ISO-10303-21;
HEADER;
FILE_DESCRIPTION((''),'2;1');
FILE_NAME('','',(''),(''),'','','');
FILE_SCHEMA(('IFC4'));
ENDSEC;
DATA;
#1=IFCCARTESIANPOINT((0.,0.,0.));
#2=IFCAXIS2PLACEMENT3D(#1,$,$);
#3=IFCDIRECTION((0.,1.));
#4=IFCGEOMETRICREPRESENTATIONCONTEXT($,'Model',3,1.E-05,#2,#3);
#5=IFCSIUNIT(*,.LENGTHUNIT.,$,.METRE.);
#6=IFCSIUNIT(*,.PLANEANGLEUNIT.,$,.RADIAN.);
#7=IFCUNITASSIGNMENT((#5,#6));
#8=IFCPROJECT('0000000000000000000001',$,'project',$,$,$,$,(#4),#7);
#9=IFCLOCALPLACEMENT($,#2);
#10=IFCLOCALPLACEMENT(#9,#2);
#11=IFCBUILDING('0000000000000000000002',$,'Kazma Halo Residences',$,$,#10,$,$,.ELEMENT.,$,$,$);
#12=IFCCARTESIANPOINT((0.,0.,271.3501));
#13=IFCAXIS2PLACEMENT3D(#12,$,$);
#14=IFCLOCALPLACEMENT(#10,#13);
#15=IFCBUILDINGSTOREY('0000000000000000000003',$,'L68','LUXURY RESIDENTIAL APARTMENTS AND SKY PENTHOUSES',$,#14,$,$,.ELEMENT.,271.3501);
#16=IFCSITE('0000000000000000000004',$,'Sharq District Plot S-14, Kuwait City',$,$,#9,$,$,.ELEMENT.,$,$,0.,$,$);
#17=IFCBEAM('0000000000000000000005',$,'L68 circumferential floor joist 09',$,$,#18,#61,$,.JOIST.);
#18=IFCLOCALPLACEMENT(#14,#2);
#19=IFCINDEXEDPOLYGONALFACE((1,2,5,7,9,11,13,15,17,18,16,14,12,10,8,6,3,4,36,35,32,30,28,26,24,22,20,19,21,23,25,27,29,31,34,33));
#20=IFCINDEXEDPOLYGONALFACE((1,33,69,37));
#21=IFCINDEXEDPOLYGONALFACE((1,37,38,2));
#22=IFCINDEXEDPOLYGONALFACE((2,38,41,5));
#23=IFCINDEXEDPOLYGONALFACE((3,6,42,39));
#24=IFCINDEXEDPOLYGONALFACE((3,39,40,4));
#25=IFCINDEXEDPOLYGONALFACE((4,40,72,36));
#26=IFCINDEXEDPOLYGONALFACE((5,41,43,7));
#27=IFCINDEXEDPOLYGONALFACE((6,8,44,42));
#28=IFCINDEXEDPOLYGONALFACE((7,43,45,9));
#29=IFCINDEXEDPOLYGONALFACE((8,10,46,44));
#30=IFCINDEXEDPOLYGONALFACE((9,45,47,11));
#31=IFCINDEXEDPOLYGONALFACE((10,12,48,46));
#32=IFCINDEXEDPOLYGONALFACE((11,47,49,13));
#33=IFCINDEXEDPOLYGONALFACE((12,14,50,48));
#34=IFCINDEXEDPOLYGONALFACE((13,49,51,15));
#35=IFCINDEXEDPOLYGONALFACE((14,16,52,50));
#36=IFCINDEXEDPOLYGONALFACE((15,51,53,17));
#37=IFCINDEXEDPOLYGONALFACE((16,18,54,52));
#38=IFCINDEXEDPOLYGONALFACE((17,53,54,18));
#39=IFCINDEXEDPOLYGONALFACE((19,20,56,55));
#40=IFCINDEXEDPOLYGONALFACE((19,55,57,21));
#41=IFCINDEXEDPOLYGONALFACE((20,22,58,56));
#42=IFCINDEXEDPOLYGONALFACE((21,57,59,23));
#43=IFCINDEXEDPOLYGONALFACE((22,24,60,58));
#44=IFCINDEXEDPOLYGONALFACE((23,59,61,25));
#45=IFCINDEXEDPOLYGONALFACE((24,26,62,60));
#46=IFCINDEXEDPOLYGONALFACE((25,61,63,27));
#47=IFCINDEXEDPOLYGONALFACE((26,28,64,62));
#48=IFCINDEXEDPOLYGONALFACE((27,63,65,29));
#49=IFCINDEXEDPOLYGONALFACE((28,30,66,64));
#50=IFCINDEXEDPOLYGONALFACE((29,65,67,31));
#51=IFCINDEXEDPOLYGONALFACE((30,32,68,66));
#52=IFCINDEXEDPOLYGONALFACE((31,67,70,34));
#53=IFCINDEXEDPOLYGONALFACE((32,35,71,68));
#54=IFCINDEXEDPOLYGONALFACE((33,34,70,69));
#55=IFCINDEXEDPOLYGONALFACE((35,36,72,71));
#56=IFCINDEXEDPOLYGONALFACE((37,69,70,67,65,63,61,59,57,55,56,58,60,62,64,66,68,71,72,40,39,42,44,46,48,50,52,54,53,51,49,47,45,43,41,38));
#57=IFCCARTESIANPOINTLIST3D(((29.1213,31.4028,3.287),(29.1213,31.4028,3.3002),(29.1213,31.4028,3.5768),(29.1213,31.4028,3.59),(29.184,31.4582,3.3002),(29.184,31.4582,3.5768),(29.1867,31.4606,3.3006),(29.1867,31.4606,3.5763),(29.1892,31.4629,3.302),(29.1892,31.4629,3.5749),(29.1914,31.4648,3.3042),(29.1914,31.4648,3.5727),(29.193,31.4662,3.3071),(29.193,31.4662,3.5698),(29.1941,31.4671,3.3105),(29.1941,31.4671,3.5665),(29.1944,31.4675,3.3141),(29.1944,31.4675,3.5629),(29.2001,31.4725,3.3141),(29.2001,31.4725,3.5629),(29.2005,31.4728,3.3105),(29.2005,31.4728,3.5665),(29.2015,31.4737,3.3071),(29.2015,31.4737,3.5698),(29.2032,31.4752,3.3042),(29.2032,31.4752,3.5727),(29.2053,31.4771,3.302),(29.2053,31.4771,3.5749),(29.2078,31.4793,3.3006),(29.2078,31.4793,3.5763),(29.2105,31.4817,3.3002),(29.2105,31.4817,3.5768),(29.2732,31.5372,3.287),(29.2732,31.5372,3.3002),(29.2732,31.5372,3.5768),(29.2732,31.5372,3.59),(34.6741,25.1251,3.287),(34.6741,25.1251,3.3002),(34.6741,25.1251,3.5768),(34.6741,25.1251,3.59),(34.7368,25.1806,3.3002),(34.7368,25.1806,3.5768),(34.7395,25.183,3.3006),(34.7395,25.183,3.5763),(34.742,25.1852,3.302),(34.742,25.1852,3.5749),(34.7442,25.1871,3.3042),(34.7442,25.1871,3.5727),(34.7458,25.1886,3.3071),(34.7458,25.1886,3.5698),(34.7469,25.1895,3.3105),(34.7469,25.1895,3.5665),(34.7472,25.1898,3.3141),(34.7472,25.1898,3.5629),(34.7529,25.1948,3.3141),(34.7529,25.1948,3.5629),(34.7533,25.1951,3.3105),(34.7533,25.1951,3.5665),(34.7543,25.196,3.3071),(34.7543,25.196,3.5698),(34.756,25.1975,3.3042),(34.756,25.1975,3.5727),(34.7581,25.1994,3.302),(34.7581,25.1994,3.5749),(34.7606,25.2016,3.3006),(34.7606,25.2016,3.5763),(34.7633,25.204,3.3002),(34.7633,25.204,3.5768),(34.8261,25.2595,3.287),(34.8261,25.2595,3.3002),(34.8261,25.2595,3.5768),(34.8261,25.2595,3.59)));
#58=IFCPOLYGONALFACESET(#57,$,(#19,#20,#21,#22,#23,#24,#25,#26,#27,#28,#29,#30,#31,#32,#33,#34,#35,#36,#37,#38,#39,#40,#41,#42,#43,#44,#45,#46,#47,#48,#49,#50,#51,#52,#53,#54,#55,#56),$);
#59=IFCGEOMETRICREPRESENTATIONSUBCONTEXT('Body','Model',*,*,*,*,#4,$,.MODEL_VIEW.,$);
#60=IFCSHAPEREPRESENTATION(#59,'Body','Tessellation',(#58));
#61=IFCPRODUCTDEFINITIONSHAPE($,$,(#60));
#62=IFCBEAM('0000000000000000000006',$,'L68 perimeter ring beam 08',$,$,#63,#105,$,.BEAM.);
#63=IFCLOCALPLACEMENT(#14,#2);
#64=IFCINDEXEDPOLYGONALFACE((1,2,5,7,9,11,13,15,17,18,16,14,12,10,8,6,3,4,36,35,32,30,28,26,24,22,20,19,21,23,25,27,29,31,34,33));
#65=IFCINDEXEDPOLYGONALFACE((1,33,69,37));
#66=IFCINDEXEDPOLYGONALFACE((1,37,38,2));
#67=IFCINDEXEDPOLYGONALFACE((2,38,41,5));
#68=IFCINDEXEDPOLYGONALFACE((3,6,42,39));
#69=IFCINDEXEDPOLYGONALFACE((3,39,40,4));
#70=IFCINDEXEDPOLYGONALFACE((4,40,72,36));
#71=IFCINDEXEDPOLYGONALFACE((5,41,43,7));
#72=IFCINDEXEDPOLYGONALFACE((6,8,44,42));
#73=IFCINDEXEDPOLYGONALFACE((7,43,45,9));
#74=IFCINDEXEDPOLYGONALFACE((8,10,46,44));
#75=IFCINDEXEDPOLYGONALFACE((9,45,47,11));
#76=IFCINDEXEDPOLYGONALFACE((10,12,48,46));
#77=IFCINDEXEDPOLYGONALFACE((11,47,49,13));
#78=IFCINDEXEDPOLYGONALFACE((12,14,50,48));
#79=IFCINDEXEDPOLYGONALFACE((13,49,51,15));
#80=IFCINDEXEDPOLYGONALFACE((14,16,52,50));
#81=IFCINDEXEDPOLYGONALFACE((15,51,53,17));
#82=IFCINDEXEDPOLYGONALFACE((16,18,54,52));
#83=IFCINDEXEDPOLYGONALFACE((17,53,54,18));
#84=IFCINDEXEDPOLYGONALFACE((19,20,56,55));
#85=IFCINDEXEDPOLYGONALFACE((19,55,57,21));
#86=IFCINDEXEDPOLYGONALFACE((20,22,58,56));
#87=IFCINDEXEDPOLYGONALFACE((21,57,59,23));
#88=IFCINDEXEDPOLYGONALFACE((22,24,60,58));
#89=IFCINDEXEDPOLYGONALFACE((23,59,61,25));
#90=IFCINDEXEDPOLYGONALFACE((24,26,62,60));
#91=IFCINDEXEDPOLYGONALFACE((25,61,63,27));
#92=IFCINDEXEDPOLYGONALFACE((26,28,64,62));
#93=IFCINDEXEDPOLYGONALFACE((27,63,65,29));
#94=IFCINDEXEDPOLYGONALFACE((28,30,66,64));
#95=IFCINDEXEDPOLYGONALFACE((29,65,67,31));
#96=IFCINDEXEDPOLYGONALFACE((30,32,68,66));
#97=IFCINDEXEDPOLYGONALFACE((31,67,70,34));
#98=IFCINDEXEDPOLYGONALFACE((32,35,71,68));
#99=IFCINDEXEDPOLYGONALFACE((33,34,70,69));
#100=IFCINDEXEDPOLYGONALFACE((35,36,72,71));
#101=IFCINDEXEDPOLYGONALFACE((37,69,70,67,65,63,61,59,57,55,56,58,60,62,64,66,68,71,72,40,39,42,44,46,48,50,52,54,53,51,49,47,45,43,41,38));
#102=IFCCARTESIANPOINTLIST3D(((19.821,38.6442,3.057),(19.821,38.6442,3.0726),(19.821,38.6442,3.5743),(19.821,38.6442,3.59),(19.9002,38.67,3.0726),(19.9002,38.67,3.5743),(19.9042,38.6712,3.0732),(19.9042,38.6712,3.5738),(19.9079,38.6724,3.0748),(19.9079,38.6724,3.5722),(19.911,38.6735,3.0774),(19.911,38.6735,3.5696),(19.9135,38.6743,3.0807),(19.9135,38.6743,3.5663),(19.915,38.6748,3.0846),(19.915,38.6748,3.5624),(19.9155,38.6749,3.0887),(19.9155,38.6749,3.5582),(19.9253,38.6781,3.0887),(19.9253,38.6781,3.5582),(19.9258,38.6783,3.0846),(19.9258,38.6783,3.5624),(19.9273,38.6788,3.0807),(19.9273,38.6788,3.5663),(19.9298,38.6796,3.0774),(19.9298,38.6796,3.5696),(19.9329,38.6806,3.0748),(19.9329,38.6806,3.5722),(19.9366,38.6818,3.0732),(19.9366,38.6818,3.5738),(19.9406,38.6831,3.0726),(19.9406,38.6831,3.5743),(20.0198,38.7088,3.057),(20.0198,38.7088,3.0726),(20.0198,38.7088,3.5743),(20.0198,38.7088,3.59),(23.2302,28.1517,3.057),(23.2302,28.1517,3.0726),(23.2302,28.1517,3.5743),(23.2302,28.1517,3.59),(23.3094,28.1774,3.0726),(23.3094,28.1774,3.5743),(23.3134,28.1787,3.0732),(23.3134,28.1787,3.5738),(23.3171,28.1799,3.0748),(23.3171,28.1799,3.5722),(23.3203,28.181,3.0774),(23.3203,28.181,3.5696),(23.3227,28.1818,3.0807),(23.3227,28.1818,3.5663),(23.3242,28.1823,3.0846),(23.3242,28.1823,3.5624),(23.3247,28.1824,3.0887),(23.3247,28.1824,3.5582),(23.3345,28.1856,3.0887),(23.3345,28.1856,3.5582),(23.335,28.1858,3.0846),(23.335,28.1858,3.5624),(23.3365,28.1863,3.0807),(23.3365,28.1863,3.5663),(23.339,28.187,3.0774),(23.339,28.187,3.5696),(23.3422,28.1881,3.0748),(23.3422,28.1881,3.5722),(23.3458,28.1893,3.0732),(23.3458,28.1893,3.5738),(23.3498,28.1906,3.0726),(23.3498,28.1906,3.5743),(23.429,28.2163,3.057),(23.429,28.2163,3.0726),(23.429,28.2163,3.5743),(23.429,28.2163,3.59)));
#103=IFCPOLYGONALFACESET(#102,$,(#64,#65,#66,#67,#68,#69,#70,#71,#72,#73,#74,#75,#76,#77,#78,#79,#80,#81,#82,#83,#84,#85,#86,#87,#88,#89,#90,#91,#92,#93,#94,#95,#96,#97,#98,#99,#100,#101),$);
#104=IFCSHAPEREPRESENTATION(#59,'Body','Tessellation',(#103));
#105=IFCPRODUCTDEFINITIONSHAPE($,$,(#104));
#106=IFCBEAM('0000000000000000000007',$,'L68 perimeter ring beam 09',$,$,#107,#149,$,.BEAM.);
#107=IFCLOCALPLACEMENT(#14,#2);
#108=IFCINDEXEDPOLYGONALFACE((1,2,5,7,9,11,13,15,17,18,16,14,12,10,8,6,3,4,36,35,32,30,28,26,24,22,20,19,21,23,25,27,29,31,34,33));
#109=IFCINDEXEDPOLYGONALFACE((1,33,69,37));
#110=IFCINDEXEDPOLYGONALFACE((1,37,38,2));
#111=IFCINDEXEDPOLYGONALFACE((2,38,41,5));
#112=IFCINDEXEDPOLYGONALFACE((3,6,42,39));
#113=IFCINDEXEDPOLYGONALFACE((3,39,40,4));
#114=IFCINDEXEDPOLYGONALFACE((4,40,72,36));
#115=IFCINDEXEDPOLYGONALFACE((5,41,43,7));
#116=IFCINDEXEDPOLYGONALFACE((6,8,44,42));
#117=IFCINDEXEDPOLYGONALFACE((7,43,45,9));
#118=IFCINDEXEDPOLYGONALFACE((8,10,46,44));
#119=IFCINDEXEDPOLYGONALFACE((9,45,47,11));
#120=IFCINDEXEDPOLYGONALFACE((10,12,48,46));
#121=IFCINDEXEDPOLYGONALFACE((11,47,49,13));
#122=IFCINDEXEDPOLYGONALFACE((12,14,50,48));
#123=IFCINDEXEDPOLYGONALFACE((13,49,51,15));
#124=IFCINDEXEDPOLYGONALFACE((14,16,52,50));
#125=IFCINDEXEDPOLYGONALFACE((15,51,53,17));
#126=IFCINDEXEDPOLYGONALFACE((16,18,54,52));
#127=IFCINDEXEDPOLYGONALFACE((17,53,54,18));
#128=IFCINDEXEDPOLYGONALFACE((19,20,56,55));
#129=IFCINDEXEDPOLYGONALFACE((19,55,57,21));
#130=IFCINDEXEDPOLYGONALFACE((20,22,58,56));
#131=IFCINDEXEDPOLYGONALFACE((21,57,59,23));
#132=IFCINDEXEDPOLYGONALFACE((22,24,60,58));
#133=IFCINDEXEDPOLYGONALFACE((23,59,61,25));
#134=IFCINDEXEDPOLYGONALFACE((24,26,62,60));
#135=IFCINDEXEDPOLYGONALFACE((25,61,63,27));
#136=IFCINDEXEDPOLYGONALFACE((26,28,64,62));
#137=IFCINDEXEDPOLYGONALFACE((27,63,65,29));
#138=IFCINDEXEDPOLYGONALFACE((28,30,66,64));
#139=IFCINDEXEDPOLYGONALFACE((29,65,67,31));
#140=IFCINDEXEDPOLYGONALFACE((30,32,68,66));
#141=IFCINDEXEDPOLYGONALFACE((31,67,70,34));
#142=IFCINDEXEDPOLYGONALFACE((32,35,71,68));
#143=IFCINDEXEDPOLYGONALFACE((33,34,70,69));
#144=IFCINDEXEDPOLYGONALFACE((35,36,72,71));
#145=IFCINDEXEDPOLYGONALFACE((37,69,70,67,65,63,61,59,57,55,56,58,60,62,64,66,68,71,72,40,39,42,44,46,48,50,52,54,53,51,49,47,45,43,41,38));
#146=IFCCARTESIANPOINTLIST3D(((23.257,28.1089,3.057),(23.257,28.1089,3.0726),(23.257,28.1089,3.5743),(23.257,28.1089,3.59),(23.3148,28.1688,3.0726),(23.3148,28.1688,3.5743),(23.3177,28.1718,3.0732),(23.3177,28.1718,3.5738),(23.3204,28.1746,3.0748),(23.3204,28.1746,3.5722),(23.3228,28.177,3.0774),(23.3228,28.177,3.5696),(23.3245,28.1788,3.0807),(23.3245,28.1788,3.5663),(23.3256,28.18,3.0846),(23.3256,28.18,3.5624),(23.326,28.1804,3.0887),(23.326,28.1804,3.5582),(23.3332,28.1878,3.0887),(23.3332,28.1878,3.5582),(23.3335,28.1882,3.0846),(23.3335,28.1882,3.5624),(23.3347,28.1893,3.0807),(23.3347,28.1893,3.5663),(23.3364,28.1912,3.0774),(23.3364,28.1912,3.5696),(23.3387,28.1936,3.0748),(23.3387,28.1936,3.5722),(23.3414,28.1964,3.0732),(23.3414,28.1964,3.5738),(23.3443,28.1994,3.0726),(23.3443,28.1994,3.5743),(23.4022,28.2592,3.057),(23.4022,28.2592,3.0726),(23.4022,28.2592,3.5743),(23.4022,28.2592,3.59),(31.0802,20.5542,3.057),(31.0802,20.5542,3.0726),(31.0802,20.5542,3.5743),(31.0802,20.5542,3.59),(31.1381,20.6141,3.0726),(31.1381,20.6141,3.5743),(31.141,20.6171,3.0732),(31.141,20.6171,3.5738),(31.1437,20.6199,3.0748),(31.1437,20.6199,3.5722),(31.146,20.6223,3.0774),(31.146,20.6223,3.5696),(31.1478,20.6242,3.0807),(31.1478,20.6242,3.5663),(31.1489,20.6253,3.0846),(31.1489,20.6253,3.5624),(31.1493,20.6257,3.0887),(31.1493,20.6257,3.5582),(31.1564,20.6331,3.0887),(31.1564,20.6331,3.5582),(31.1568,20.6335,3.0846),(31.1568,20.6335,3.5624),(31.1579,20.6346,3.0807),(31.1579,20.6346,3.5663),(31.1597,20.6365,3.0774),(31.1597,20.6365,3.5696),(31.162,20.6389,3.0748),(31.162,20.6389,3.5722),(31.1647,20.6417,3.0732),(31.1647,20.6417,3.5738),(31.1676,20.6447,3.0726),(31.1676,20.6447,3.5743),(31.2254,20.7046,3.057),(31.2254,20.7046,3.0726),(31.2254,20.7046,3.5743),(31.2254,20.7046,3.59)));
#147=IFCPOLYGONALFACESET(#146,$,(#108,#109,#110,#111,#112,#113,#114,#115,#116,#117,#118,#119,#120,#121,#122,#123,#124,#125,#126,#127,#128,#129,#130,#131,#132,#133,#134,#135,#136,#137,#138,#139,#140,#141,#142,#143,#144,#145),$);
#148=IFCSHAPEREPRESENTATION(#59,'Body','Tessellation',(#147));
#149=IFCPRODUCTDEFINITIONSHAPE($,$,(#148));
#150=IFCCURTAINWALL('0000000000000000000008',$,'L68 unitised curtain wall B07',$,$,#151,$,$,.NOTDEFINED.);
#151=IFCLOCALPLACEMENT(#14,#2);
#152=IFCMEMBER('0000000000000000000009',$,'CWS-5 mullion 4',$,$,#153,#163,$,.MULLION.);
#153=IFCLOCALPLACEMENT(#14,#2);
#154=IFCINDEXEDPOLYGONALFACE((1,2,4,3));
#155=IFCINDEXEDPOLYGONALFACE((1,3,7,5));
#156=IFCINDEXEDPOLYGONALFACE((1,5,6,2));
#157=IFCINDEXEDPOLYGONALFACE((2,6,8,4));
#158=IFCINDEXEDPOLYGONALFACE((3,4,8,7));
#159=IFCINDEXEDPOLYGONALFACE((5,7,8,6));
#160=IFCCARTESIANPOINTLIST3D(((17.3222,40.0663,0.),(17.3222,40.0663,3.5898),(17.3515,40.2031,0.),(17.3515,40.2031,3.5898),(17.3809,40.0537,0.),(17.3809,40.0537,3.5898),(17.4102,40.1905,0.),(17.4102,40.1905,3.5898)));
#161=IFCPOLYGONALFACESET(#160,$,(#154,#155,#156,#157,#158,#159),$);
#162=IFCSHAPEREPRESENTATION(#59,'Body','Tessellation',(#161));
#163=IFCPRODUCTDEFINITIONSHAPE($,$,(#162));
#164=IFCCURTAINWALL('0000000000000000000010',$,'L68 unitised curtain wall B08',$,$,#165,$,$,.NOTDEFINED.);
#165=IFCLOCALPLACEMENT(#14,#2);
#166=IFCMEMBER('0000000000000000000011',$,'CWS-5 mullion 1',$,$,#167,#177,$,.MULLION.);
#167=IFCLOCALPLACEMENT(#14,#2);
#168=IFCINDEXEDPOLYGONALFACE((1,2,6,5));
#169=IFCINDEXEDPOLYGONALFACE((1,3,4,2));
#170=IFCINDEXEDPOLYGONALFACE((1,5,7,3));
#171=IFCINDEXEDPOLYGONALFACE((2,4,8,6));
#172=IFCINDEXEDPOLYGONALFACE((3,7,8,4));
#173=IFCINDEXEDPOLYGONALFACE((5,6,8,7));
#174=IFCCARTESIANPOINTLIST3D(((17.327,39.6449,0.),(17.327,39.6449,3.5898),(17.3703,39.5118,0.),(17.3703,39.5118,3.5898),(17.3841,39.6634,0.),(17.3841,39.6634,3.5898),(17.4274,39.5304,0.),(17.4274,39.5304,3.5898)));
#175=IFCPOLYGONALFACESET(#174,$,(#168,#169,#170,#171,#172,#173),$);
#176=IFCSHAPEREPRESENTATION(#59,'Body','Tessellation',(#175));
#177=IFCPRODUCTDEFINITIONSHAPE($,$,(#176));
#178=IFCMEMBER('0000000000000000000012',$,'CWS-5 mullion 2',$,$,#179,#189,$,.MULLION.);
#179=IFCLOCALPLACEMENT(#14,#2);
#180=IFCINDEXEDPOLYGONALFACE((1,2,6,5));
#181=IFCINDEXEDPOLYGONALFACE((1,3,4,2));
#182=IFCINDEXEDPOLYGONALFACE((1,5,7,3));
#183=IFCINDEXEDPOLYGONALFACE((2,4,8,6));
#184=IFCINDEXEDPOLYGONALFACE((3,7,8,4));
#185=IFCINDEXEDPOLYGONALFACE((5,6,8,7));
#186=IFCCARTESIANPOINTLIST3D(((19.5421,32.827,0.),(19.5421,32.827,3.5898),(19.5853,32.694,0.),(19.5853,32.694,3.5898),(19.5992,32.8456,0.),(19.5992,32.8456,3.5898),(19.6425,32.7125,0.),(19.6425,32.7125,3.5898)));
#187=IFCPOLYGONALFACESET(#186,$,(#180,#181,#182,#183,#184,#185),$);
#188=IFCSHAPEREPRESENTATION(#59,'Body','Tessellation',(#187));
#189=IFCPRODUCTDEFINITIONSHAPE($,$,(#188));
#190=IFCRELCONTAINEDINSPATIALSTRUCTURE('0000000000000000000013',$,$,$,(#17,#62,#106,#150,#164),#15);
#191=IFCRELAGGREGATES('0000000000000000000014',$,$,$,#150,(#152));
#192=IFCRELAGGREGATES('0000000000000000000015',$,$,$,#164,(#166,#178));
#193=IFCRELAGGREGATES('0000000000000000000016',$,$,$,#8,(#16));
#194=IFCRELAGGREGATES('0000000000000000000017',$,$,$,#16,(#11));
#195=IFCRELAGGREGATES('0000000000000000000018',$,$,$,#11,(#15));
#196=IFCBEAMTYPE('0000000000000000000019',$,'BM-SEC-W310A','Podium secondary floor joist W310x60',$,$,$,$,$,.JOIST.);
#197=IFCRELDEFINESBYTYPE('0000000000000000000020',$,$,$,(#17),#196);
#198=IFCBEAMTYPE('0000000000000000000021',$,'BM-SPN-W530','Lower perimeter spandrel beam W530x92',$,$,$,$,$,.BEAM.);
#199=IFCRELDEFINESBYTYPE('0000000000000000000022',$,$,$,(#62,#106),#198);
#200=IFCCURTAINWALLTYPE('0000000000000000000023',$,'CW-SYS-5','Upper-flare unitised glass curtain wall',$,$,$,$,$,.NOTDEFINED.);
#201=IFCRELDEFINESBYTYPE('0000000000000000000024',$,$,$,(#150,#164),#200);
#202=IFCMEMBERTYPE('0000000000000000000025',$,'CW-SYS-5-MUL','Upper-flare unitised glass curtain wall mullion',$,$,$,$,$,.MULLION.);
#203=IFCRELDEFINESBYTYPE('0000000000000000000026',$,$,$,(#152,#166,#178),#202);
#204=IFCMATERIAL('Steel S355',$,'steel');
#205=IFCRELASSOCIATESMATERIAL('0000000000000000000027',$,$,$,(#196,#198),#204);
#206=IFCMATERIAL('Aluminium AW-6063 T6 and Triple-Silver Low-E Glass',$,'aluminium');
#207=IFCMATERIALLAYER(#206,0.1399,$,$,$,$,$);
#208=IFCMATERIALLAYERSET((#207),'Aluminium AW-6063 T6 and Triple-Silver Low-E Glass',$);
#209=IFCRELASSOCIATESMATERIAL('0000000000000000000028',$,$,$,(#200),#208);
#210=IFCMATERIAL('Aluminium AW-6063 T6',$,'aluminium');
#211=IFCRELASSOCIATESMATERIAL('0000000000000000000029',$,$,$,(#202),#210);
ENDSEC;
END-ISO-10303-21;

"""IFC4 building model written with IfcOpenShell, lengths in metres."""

from ifc_helpers import new_model, si_unit, direction, frame, origin, origin_2d, place, context, subcontext, project, spatial, rectangle, i_section, extrude, material, layer, layer_set, material_profile, profile_set, type_object, element, aggregate, save


model = new_model("IFC4")

# Units and contexts
model_context = context("Model", 3, precision=1e-05, world=origin(), true_north=direction((0.0, 1.0)))
body_context = subcontext(model_context, "Body", "Model", "MODEL_VIEW")
ifc_project = project(units=[si_unit("LENGTHUNIT", "METRE"), si_unit("PLANEANGLEUNIT", "RADIAN")], contexts=[model_context])

# Site, building, storey
site_placement = place(None, origin())
site = spatial("IfcSite", under=ifc_project, at=site_placement, Name="Sharq District Plot S-14, Kuwait City", CompositionType="ELEMENT", RefElevation=0.0)
building_placement = place(site_placement, origin())
building = spatial("IfcBuilding", under=site, at=building_placement, Name="Kazma Halo Residences", CompositionType="ELEMENT")
storey_placement = place(building_placement, frame((0.0, 0.0, 271.3501)))
storey = spatial("IfcBuildingStorey", under=building, at=storey_placement, Name="L68", Description="LUXURY RESIDENTIAL APARTMENTS AND SKY PENTHOUSES", CompositionType="ELEMENT", Elevation=271.3501)

# Beams
ifc_material_1 = material(Name="Steel S355", Category="steel")
ifc_material_profile_1 = material_profile(ifc_material_1, i_section(OverallWidth=0.2029, OverallDepth=0.303, WebThickness=0.0076, FlangeThickness=0.0132, FilletRadius=0.0139, at=origin_2d()), Name="W310x60")
ifc_profile_set_1 = profile_set([ifc_material_profile_1], Name="Steel S355")
beam_type_1 = type_object("IfcBeamType", Name="BM-SEC-W310A", Description="Podium secondary floor joist W310x60", PredefinedType="JOIST", material=ifc_profile_set_1)
beam_1_placement = place(storey_placement, frame((29.1973, 31.47, 3.4385), z_axis=(0.662539, -0.749027, 0.0), x_axis=(0.749027, 0.662539, 0.0)))
element("IfcBeam", 1, at=beam_1_placement, inside=storey, type_object=beam_type_1, Name="L68 circumferential floor joist 09", PredefinedType="JOIST", context=body_context, shape_type="SweptSolid", body=[
    extrude(i_section(OverallWidth=0.2029, OverallDepth=0.303, WebThickness=0.0076, FlangeThickness=0.0132, FilletRadius=0.0139, at=origin_2d()), origin(), (0.0, 0.0, 1.0), 8.3811),
])
ifc_material_profile_2 = material_profile(ifc_material_1, i_section(OverallWidth=0.209, OverallDepth=0.533, WebThickness=0.0103, FlangeThickness=0.0156, FilletRadius=0.0161, at=origin_2d()), Name="W530x92")
ifc_profile_set_2 = profile_set([ifc_material_profile_2], Name="Steel S355")
beam_type_2 = type_object("IfcBeamType", Name="BM-SPN-W530", Description="Lower perimeter spandrel beam W530x92", PredefinedType="BEAM", material=ifc_profile_set_2)
beam_2_placement = place(storey_placement, frame((19.9204, 38.6765, 3.3235), z_axis=(0.309016, -0.951057, 0.0), x_axis=(0.951057, 0.309016, 0.0)))
element("IfcBeam", 2, at=beam_2_placement, inside=storey, type_object=beam_type_2, Name="L68 perimeter ring beam 08", PredefinedType="BEAM", context=body_context, shape_type="SweptSolid", body=[
    extrude(i_section(OverallWidth=0.209, OverallDepth=0.533, WebThickness=0.0103, FlangeThickness=0.0156, FilletRadius=0.0161, at=origin_2d()), origin(), (0.0, 0.0, 1.0), 11.0325),
])
beam_3_placement = place(storey_placement, frame((23.3296, 28.1841, 3.3235), z_axis=(0.719346, -0.694652, 0.0), x_axis=(0.694652, 0.719346, 0.0)))
element("IfcBeam", 3, at=beam_3_placement, inside=storey, type_object=beam_type_2, Name="L68 perimeter ring beam 09", PredefinedType="BEAM", context=body_context, shape_type="SweptSolid", body=[
    extrude(i_section(OverallWidth=0.209, OverallDepth=0.533, WebThickness=0.0103, FlangeThickness=0.0156, FilletRadius=0.0161, at=origin_2d()), origin(), (0.0, 0.0, 1.0), 10.8755),
])

# Curtain wall, member
ifc_material_2 = material(Name="Aluminium AW-6063 T6 and Triple-Silver Low-E Glass", Category="aluminium")
ifc_layer_1 = layer(ifc_material_2, 0.1399)
ifc_layer_set_1 = layer_set([ifc_layer_1], Name="Aluminium AW-6063 T6 and Triple-Silver Low-E Glass")
curtain_wall_type = type_object("IfcCurtainWallType", Name="CW-SYS-5", Description="Upper-flare unitised glass curtain wall", PredefinedType="NOTDEFINED", material=ifc_layer_set_1)
curtain_wall_1_placement = place(storey_placement, origin())
curtain_wall_1 = element("IfcCurtainWall", 4, at=curtain_wall_1_placement, inside=storey, type_object=curtain_wall_type, Name="L68 unitised curtain wall B07", PredefinedType="NOTDEFINED")
ifc_material_3 = material(Name="Aluminium AW-6063 T6", Category="aluminium")
ifc_material_profile_3 = material_profile(ifc_material_3, rectangle(XDim=0.0601, YDim=0.1399, at=origin_2d()), Name="CWM-60x140")
ifc_profile_set_3 = profile_set([ifc_material_profile_3], Name="Aluminium AW-6063 T6")
member_type_1 = type_object("IfcMemberType", Name="CW-SYS-5-MUL", Description="Upper-flare unitised glass curtain wall mullion", PredefinedType="MULLION", material=ifc_profile_set_3)
member_1_placement = place(storey_placement, frame((17.3662, 40.1284, 0.0), z_axis=(0.0, 0.0, 1.0), x_axis=(0.977775, -0.209657, 0.0)))
member_1 = element("IfcMember", 5, at=member_1_placement, type_object=member_type_1, Name="CWS-5 mullion 4", PredefinedType="MULLION", context=body_context, shape_type="SweptSolid", body=[
    extrude(rectangle(XDim=0.0601, YDim=0.1399, at=origin_2d()), origin(), (0.0, 0.0, 1.0), 3.5898),
])
aggregate(curtain_wall_1, [member_1])

# Curtain wall, members
curtain_wall_2_placement = place(storey_placement, origin())
curtain_wall_2 = element("IfcCurtainWall", 6, at=curtain_wall_2_placement, inside=storey, type_object=curtain_wall_type, Name="L68 unitised curtain wall B08", PredefinedType="NOTDEFINED")
member_2_placement = place(storey_placement, frame((17.3772, 39.5876, 0.0), z_axis=(0.0, 0.0, 1.0), x_axis=(0.951058, 0.309011, 0.0)))
member_2 = element("IfcMember", 7, at=member_2_placement, type_object=member_type_1, Name="CWS-5 mullion 1", PredefinedType="MULLION", context=body_context, shape_type="SweptSolid", body=[
    extrude(rectangle(XDim=0.0601, YDim=0.1399, at=origin_2d()), origin(), (0.0, 0.0, 1.0), 3.5898),
])
member_3_placement = place(storey_placement, frame((19.5923, 32.7698, 0.0), z_axis=(0.0, 0.0, 1.0), x_axis=(0.951058, 0.309011, 0.0)))
member_3 = element("IfcMember", 8, at=member_3_placement, type_object=member_type_1, Name="CWS-5 mullion 2", PredefinedType="MULLION", context=body_context, shape_type="SweptSolid", body=[
    extrude(rectangle(XDim=0.0601, YDim=0.1399, at=origin_2d()), origin(), (0.0, 0.0, 1.0), 3.5898),
])
aggregate(curtain_wall_2, [member_2, member_3])

save(model, "model.ifc")
